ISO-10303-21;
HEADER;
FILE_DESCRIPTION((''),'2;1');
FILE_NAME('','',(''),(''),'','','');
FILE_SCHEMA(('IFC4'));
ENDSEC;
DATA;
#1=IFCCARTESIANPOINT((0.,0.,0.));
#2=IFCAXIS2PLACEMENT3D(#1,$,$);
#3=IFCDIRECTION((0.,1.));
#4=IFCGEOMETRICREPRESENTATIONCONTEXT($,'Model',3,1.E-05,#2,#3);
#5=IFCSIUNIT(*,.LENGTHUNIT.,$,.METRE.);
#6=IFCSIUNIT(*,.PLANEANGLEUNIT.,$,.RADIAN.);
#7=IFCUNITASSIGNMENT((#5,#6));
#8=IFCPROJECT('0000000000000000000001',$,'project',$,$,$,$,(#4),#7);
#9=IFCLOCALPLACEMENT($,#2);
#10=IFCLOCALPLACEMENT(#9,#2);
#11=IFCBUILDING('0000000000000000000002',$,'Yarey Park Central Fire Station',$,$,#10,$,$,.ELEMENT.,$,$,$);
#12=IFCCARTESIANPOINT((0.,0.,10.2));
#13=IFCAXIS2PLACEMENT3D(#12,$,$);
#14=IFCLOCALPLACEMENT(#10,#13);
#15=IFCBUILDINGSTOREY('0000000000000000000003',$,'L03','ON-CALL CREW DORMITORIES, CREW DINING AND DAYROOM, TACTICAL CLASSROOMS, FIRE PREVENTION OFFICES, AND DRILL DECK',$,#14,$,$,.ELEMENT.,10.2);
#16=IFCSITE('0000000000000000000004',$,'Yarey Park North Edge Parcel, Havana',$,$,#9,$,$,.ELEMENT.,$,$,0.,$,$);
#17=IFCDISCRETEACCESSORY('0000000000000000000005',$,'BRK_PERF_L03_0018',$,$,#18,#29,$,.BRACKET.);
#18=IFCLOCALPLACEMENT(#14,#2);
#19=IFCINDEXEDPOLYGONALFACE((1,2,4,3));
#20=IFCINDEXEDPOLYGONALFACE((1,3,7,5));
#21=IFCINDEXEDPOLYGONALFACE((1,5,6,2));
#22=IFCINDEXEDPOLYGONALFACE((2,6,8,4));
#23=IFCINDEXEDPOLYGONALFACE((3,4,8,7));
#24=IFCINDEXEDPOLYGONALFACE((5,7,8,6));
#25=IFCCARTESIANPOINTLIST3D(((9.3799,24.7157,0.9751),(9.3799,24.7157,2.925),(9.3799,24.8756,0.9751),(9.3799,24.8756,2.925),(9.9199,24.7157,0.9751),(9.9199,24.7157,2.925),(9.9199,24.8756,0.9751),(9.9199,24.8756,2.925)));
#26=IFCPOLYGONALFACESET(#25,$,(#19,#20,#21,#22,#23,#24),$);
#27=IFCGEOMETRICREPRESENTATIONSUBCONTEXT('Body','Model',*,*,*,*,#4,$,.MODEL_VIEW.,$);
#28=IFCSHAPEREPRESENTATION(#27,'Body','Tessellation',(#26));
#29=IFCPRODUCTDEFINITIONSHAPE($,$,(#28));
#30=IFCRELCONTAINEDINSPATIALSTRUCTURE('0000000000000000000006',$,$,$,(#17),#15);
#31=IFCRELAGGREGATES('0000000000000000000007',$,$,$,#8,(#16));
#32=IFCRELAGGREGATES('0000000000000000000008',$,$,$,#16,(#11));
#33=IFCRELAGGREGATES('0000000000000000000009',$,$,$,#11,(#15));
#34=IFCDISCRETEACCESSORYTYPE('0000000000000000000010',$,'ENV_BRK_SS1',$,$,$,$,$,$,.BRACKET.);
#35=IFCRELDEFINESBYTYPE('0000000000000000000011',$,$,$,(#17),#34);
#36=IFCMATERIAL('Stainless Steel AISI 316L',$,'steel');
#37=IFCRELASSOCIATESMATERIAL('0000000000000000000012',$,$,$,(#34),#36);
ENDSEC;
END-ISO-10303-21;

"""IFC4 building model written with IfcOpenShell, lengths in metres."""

from ifc_helpers import new_model, si_unit, direction, frame, origin, origin_2d, place, context, subcontext, project, spatial, rectangle, extrude, material, type_object, element, save


model = new_model("IFC4")

# Units and contexts
model_context = context("Model", 3, precision=1e-05, world=origin(), true_north=direction((0.0, 1.0)))
body_context = subcontext(model_context, "Body", "Model", "MODEL_VIEW")
ifc_project = project(units=[si_unit("LENGTHUNIT", "METRE"), si_unit("PLANEANGLEUNIT", "RADIAN")], contexts=[model_context])

# Site, building, storey
site_placement = place(None, origin())
site = spatial("IfcSite", under=ifc_project, at=site_placement, Name="Yarey Park North Edge Parcel, Havana", CompositionType="ELEMENT", RefElevation=0.0)
building_placement = place(site_placement, origin())
building = spatial("IfcBuilding", under=site, at=building_placement, Name="Yarey Park Central Fire Station", CompositionType="ELEMENT")
storey_placement = place(building_placement, frame((0.0, 0.0, 10.2)))
storey = spatial("IfcBuildingStorey", under=building, at=storey_placement, Name="L03", Description="ON-CALL CREW DORMITORIES, CREW DINING AND DAYROOM, TACTICAL CLASSROOMS, FIRE PREVENTION OFFICES, AND DRILL DECK", CompositionType="ELEMENT", Elevation=10.2)

# Discrete accessory
ifc_material_1 = material(Name="Stainless Steel AISI 316L", Category="steel")
discrete_accessory_type = type_object("IfcDiscreteAccessoryType", Name="ENV_BRK_SS1", PredefinedType="BRACKET", material=ifc_material_1)
discrete_accessory_1_placement = place(storey_placement, frame((9.6499, 24.7957, 0.9751), z_axis=(0.0, 0.0, 1.0), x_axis=(1.0, 0.0, 0.0)))
element("IfcDiscreteAccessory", 1, at=discrete_accessory_1_placement, inside=storey, type_object=discrete_accessory_type, Name="BRK_PERF_L03_0018", PredefinedType="BRACKET", context=body_context, shape_type="SweptSolid", body=[
    extrude(rectangle(XDim=0.54, YDim=0.1599, at=origin_2d()), origin(), (0.0, 0.0, 1.0), 1.95),
])

save(model, "model.ifc")
